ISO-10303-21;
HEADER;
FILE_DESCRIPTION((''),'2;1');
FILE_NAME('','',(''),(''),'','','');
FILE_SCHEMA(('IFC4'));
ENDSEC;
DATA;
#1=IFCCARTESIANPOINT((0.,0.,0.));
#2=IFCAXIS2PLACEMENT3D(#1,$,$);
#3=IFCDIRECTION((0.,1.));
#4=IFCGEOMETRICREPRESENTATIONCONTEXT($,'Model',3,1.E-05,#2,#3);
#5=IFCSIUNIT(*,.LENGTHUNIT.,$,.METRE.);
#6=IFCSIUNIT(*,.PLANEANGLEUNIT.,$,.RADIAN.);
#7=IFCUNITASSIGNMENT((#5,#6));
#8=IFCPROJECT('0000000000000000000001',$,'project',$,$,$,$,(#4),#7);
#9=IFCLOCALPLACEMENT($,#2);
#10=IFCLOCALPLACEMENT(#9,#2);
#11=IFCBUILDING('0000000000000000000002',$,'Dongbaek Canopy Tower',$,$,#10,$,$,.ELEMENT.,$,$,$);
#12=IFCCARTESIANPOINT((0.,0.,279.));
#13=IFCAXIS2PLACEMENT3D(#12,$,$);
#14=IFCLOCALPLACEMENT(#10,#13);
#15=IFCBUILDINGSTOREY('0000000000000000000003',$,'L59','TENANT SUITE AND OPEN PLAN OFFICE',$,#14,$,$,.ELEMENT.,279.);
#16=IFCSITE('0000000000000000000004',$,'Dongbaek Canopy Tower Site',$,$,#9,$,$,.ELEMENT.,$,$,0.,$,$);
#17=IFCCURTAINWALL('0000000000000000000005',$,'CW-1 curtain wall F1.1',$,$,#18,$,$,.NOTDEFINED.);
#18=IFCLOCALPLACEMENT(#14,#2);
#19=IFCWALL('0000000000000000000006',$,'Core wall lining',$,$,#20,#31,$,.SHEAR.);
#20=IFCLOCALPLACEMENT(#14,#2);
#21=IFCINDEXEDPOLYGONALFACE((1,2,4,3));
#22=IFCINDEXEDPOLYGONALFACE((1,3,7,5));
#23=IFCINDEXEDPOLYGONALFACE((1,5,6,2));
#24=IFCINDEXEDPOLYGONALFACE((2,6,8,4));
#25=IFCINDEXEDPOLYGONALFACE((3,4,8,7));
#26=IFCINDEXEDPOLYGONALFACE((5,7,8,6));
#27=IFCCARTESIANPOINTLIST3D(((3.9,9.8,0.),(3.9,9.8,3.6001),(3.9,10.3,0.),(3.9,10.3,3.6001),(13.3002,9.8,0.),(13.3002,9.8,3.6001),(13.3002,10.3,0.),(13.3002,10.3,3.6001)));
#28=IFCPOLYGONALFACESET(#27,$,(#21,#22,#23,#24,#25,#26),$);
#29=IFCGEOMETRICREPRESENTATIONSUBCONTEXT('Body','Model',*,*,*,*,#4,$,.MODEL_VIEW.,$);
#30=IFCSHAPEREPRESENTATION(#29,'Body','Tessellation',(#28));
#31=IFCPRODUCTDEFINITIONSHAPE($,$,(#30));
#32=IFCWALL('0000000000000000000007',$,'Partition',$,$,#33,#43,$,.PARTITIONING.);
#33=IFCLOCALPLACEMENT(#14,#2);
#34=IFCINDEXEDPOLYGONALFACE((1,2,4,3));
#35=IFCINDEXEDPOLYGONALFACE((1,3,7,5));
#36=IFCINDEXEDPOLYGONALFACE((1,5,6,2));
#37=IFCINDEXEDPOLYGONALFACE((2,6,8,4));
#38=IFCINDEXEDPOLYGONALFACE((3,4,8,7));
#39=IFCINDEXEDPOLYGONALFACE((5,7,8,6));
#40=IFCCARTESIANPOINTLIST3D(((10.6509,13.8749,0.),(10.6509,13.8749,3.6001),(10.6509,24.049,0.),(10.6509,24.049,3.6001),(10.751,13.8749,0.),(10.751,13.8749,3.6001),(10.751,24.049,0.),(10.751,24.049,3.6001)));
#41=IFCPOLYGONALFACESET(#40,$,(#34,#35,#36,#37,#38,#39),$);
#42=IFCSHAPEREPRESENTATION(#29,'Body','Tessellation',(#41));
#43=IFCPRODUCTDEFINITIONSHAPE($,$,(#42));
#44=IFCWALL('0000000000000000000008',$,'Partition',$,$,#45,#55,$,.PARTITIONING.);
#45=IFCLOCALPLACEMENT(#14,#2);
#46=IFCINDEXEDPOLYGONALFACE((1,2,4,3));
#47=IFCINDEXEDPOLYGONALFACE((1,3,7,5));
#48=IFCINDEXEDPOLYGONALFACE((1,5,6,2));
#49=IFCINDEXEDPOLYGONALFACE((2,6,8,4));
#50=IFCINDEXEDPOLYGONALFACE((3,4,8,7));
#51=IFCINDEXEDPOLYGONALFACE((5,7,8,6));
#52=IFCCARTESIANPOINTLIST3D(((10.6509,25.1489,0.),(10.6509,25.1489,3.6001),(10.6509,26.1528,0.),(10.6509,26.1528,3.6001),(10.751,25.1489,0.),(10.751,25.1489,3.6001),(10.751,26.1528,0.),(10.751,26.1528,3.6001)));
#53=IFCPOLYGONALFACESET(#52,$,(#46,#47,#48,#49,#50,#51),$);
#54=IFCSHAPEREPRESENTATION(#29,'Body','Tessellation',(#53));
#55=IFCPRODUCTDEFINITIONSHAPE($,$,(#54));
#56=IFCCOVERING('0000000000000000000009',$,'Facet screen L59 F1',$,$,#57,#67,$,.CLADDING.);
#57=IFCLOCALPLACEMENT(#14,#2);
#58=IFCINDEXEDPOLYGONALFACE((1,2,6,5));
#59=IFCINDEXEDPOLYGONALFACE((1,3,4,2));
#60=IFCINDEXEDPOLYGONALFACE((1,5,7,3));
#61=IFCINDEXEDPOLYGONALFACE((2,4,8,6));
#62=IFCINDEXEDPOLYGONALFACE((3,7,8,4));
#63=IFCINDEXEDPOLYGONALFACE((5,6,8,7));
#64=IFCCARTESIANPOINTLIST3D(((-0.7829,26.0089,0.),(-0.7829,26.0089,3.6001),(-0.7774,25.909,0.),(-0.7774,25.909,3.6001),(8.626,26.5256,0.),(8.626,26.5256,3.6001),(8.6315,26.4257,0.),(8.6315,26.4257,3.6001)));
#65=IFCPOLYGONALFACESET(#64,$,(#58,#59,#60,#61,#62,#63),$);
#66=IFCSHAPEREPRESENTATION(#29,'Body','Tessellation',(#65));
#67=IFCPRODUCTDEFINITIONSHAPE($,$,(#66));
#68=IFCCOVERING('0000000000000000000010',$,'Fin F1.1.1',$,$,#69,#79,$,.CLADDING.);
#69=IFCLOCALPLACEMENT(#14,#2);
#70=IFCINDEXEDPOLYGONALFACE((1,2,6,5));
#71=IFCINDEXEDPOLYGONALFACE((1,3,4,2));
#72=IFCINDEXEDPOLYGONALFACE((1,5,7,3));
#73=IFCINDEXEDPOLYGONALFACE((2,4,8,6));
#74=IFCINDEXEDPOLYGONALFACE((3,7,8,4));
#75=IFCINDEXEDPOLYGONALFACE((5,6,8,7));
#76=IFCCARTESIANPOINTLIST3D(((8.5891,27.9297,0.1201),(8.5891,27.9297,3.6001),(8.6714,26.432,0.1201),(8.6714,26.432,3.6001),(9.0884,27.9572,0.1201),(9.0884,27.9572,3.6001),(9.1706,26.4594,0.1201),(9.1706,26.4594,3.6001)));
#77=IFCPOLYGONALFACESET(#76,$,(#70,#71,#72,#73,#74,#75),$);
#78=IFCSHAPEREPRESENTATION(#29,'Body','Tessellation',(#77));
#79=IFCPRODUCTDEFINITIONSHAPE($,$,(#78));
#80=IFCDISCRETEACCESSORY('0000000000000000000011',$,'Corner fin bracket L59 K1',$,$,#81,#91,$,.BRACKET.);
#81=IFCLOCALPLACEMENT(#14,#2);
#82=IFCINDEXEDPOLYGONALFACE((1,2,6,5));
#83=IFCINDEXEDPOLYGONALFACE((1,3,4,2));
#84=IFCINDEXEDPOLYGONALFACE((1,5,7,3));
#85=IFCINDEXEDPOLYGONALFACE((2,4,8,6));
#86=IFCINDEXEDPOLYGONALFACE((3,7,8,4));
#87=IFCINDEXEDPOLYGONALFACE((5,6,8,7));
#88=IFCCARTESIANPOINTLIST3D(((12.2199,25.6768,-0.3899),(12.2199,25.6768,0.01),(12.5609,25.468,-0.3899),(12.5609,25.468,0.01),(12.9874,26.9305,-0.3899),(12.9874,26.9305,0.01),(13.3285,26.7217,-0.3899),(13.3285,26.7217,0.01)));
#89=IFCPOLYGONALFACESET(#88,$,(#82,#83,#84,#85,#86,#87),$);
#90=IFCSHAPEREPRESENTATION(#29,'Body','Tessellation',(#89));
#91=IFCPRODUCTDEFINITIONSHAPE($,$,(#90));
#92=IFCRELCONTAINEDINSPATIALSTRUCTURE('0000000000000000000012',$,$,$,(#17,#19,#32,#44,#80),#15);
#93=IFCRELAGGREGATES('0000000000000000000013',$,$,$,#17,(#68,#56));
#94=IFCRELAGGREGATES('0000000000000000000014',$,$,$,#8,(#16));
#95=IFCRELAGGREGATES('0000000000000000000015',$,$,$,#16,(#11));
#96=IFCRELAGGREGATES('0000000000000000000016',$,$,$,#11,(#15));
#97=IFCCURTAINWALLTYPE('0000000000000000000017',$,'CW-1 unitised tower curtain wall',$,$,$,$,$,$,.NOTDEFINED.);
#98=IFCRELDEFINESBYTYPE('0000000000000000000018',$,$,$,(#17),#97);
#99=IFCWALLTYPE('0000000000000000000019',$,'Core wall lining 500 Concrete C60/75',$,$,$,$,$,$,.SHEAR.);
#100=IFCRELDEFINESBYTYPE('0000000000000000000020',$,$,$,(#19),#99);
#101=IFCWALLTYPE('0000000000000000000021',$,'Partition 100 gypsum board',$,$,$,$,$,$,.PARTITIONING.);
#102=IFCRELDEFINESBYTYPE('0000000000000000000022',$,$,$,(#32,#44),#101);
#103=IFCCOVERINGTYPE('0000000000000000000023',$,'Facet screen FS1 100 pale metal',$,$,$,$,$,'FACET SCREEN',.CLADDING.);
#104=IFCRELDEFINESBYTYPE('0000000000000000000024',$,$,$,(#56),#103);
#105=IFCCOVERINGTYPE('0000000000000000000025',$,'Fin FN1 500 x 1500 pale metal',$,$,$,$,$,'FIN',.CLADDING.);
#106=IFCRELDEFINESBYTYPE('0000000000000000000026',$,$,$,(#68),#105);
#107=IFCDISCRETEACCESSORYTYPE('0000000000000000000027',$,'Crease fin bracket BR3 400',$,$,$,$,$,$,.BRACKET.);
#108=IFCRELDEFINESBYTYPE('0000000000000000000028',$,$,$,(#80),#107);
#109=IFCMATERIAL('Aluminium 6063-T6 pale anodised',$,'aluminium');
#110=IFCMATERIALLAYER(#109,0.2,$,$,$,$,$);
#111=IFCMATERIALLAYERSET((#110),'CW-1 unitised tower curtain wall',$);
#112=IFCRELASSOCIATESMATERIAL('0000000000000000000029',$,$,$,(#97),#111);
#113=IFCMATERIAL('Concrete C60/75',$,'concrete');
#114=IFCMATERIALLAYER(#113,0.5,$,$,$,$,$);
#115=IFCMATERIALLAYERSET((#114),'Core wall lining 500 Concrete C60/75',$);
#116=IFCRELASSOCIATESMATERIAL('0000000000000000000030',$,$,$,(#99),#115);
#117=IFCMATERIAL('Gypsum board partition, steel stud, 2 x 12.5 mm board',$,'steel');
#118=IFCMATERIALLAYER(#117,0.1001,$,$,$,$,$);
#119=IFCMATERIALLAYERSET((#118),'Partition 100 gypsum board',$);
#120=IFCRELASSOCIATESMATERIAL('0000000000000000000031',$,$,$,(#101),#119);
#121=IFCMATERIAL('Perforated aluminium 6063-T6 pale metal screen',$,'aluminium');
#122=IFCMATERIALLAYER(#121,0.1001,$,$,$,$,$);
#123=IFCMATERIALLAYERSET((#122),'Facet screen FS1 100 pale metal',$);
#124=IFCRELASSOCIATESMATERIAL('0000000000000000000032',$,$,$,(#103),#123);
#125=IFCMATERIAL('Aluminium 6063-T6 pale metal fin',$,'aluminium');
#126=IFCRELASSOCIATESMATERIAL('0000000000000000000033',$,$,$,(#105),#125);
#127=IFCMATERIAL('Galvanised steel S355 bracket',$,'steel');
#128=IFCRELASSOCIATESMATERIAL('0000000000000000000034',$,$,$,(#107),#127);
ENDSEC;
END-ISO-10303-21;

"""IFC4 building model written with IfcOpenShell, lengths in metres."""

from ifc_helpers import new_model, si_unit, direction, frame, frame_2d, origin, origin_2d, place, context, subcontext, project, spatial, rectangle, extrude, material, layer, layer_set, material_profile, profile_set, type_object, element, aggregate, save


model = new_model("IFC4")

# Units and contexts
model_context = context("Model", 3, precision=1e-05, world=origin(), true_north=direction((0.0, 1.0)))
body_context = subcontext(model_context, "Body", "Model", "MODEL_VIEW")
ifc_project = project(units=[si_unit("LENGTHUNIT", "METRE"), si_unit("PLANEANGLEUNIT", "RADIAN")], contexts=[model_context])

# Site, building, storey
site_placement = place(None, origin())
site = spatial("IfcSite", under=ifc_project, at=site_placement, Name="Dongbaek Canopy Tower Site", CompositionType="ELEMENT", RefElevation=0.0)
building_placement = place(site_placement, origin())
building = spatial("IfcBuilding", under=site, at=building_placement, Name="Dongbaek Canopy Tower", CompositionType="ELEMENT")
storey_placement = place(building_placement, frame((0.0, 0.0, 279.0)))
storey = spatial("IfcBuildingStorey", under=building, at=storey_placement, Name="L59", Description="TENANT SUITE AND OPEN PLAN OFFICE", CompositionType="ELEMENT", Elevation=279.0)

# Curtain wall
ifc_material_1 = material(Name="Aluminium 6063-T6 pale anodised", Category="aluminium")
ifc_layer_1 = layer(ifc_material_1, 0.2)
ifc_layer_set_1 = layer_set([ifc_layer_1], Name="CW-1 unitised tower curtain wall")
curtain_wall_type = type_object("IfcCurtainWallType", Name="CW-1 unitised tower curtain wall", PredefinedType="NOTDEFINED", material=ifc_layer_set_1)
curtain_wall_1_placement = place(storey_placement, origin())
curtain_wall_1 = element("IfcCurtainWall", 1, at=curtain_wall_1_placement, inside=storey, type_object=curtain_wall_type, Name="CW-1 curtain wall F1.1", PredefinedType="NOTDEFINED")

# Walls
ifc_material_2 = material(Name="Concrete C60/75", Category="concrete")
ifc_layer_2 = layer(ifc_material_2, 0.5)
ifc_layer_set_2 = layer_set([ifc_layer_2], Name="Core wall lining 500 Concrete C60/75")
wall_type_1 = type_object("IfcWallType", Name="Core wall lining 500 Concrete C60/75", PredefinedType="SHEAR", material=ifc_layer_set_2)
wall_1_placement = place(storey_placement, frame((3.8999, 10.05, 0.0), z_axis=(0.0, 0.0, 1.0), x_axis=(1.0, 0.0, 0.0)))
element("IfcWall", 2, at=wall_1_placement, inside=storey, type_object=wall_type_1, Name="Core wall lining", PredefinedType="SHEAR", context=body_context, shape_type="SweptSolid", body=[
    extrude(rectangle(XDim=9.4001, YDim=0.5, at=frame_2d((4.7002, 0.0))), origin(), (0.0, 0.0, 1.0), 3.6001),
])
ifc_material_3 = material(Name="Gypsum board partition, steel stud, 2 x 12.5 mm board", Category="steel")
ifc_layer_3 = layer(ifc_material_3, 0.1001)
ifc_layer_set_3 = layer_set([ifc_layer_3], Name="Partition 100 gypsum board")
wall_type_2 = type_object("IfcWallType", Name="Partition 100 gypsum board", PredefinedType="PARTITIONING", material=ifc_layer_set_3)
wall_2_placement = place(storey_placement, frame((10.7009, 13.875, 0.0), z_axis=(0.0, 0.0, 1.0), x_axis=(0.0, 1.0, 0.0)))
element("IfcWall", 3, at=wall_2_placement, inside=storey, type_object=wall_type_2, Name="Partition", PredefinedType="PARTITIONING", context=body_context, shape_type="SweptSolid", body=[
    extrude(rectangle(XDim=10.1741, YDim=0.1001, at=frame_2d((5.0869, 0.0))), origin(), (0.0, 0.0, 1.0), 3.6001),
])
wall_3_placement = place(storey_placement, frame((10.7009, 25.1489, 0.0), z_axis=(0.0, 0.0, 1.0), x_axis=(0.0, 1.0, 0.0)))
element("IfcWall", 4, at=wall_3_placement, inside=storey, type_object=wall_type_2, Name="Partition", PredefinedType="PARTITIONING", context=body_context, shape_type="SweptSolid", body=[
    extrude(rectangle(XDim=1.0039, YDim=0.1001, at=frame_2d((0.502, 0.0))), origin(), (0.0, 0.0, 1.0), 3.6001),
])

# Coverings
ifc_material_4 = material(Name="Perforated aluminium 6063-T6 pale metal screen", Category="aluminium")
ifc_layer_4 = layer(ifc_material_4, 0.1001)
ifc_layer_set_4 = layer_set([ifc_layer_4], Name="Facet screen FS1 100 pale metal")
covering_type_1 = type_object("IfcCoveringType", Name="Facet screen FS1 100 pale metal", ElementType="FACET SCREEN", PredefinedType="CLADDING", material=ifc_layer_set_4)
covering_1_placement = place(storey_placement, frame((3.9243, 26.2173, 0.0), z_axis=(0.0, 0.0, 1.0), x_axis=(-0.998495, -0.054835, 0.0)))
covering_1 = element("IfcCovering", 5, at=covering_1_placement, type_object=covering_type_1, Name="Facet screen L59 F1", PredefinedType="CLADDING", context=body_context, shape_type="SweptSolid", body=[
    extrude(rectangle(XDim=9.4231, YDim=0.1001, at=origin_2d()), origin(), (0.0, 0.0, 1.0), 3.6001),
])
ifc_material_5 = material(Name="Aluminium 6063-T6 pale metal fin", Category="aluminium")
ifc_material_profile_1 = material_profile(ifc_material_5, rectangle(XDim=1.5, YDim=0.5, at=origin_2d()), Name="Fin FN1 500 x 1500 pale metal")
ifc_profile_set_1 = profile_set([ifc_material_profile_1], Name="Aluminium 6063-T6 pale metal fin")
covering_type_2 = type_object("IfcCoveringType", Name="Fin FN1 500 x 1500 pale metal", ElementType="FIN", PredefinedType="CLADDING", material=ifc_profile_set_1)
covering_2_placement = place(storey_placement, frame((8.8799, 27.1946, 0.1201), z_axis=(0.0, 0.0, 1.0), x_axis=(-0.054836, 0.998495, 0.0)))
covering_2 = element("IfcCovering", 6, at=covering_2_placement, type_object=covering_type_2, Name="Fin F1.1.1", PredefinedType="CLADDING", context=body_context, shape_type="SweptSolid", body=[
    extrude(rectangle(XDim=1.5, YDim=0.5, at=origin_2d()), origin(), (0.0, 0.0, 1.0), 3.48),
])
aggregate(curtain_wall_1, [covering_2, covering_1])

# Discrete accessory
ifc_material_6 = material(Name="Galvanised steel S355 bracket", Category="steel")
discrete_accessory_type = type_object("IfcDiscreteAccessoryType", Name="Crease fin bracket BR3 400", PredefinedType="BRACKET", material=ifc_material_6)
discrete_accessory_placement = place(storey_placement, frame((12.7742, 26.1992, -0.3899), z_axis=(0.0, 0.0, 1.0), x_axis=(0.522138, 0.852861, 0.0)))
element("IfcDiscreteAccessory", 7, at=discrete_accessory_placement, inside=storey, type_object=discrete_accessory_type, Name="Corner fin bracket L59 K1", PredefinedType="BRACKET", context=body_context, shape_type="SweptSolid", body=[
    extrude(rectangle(XDim=1.47, YDim=0.3999, at=origin_2d()), origin(), (0.0, 0.0, 1.0), 0.3999),
])

save(model, "model.ifc")
